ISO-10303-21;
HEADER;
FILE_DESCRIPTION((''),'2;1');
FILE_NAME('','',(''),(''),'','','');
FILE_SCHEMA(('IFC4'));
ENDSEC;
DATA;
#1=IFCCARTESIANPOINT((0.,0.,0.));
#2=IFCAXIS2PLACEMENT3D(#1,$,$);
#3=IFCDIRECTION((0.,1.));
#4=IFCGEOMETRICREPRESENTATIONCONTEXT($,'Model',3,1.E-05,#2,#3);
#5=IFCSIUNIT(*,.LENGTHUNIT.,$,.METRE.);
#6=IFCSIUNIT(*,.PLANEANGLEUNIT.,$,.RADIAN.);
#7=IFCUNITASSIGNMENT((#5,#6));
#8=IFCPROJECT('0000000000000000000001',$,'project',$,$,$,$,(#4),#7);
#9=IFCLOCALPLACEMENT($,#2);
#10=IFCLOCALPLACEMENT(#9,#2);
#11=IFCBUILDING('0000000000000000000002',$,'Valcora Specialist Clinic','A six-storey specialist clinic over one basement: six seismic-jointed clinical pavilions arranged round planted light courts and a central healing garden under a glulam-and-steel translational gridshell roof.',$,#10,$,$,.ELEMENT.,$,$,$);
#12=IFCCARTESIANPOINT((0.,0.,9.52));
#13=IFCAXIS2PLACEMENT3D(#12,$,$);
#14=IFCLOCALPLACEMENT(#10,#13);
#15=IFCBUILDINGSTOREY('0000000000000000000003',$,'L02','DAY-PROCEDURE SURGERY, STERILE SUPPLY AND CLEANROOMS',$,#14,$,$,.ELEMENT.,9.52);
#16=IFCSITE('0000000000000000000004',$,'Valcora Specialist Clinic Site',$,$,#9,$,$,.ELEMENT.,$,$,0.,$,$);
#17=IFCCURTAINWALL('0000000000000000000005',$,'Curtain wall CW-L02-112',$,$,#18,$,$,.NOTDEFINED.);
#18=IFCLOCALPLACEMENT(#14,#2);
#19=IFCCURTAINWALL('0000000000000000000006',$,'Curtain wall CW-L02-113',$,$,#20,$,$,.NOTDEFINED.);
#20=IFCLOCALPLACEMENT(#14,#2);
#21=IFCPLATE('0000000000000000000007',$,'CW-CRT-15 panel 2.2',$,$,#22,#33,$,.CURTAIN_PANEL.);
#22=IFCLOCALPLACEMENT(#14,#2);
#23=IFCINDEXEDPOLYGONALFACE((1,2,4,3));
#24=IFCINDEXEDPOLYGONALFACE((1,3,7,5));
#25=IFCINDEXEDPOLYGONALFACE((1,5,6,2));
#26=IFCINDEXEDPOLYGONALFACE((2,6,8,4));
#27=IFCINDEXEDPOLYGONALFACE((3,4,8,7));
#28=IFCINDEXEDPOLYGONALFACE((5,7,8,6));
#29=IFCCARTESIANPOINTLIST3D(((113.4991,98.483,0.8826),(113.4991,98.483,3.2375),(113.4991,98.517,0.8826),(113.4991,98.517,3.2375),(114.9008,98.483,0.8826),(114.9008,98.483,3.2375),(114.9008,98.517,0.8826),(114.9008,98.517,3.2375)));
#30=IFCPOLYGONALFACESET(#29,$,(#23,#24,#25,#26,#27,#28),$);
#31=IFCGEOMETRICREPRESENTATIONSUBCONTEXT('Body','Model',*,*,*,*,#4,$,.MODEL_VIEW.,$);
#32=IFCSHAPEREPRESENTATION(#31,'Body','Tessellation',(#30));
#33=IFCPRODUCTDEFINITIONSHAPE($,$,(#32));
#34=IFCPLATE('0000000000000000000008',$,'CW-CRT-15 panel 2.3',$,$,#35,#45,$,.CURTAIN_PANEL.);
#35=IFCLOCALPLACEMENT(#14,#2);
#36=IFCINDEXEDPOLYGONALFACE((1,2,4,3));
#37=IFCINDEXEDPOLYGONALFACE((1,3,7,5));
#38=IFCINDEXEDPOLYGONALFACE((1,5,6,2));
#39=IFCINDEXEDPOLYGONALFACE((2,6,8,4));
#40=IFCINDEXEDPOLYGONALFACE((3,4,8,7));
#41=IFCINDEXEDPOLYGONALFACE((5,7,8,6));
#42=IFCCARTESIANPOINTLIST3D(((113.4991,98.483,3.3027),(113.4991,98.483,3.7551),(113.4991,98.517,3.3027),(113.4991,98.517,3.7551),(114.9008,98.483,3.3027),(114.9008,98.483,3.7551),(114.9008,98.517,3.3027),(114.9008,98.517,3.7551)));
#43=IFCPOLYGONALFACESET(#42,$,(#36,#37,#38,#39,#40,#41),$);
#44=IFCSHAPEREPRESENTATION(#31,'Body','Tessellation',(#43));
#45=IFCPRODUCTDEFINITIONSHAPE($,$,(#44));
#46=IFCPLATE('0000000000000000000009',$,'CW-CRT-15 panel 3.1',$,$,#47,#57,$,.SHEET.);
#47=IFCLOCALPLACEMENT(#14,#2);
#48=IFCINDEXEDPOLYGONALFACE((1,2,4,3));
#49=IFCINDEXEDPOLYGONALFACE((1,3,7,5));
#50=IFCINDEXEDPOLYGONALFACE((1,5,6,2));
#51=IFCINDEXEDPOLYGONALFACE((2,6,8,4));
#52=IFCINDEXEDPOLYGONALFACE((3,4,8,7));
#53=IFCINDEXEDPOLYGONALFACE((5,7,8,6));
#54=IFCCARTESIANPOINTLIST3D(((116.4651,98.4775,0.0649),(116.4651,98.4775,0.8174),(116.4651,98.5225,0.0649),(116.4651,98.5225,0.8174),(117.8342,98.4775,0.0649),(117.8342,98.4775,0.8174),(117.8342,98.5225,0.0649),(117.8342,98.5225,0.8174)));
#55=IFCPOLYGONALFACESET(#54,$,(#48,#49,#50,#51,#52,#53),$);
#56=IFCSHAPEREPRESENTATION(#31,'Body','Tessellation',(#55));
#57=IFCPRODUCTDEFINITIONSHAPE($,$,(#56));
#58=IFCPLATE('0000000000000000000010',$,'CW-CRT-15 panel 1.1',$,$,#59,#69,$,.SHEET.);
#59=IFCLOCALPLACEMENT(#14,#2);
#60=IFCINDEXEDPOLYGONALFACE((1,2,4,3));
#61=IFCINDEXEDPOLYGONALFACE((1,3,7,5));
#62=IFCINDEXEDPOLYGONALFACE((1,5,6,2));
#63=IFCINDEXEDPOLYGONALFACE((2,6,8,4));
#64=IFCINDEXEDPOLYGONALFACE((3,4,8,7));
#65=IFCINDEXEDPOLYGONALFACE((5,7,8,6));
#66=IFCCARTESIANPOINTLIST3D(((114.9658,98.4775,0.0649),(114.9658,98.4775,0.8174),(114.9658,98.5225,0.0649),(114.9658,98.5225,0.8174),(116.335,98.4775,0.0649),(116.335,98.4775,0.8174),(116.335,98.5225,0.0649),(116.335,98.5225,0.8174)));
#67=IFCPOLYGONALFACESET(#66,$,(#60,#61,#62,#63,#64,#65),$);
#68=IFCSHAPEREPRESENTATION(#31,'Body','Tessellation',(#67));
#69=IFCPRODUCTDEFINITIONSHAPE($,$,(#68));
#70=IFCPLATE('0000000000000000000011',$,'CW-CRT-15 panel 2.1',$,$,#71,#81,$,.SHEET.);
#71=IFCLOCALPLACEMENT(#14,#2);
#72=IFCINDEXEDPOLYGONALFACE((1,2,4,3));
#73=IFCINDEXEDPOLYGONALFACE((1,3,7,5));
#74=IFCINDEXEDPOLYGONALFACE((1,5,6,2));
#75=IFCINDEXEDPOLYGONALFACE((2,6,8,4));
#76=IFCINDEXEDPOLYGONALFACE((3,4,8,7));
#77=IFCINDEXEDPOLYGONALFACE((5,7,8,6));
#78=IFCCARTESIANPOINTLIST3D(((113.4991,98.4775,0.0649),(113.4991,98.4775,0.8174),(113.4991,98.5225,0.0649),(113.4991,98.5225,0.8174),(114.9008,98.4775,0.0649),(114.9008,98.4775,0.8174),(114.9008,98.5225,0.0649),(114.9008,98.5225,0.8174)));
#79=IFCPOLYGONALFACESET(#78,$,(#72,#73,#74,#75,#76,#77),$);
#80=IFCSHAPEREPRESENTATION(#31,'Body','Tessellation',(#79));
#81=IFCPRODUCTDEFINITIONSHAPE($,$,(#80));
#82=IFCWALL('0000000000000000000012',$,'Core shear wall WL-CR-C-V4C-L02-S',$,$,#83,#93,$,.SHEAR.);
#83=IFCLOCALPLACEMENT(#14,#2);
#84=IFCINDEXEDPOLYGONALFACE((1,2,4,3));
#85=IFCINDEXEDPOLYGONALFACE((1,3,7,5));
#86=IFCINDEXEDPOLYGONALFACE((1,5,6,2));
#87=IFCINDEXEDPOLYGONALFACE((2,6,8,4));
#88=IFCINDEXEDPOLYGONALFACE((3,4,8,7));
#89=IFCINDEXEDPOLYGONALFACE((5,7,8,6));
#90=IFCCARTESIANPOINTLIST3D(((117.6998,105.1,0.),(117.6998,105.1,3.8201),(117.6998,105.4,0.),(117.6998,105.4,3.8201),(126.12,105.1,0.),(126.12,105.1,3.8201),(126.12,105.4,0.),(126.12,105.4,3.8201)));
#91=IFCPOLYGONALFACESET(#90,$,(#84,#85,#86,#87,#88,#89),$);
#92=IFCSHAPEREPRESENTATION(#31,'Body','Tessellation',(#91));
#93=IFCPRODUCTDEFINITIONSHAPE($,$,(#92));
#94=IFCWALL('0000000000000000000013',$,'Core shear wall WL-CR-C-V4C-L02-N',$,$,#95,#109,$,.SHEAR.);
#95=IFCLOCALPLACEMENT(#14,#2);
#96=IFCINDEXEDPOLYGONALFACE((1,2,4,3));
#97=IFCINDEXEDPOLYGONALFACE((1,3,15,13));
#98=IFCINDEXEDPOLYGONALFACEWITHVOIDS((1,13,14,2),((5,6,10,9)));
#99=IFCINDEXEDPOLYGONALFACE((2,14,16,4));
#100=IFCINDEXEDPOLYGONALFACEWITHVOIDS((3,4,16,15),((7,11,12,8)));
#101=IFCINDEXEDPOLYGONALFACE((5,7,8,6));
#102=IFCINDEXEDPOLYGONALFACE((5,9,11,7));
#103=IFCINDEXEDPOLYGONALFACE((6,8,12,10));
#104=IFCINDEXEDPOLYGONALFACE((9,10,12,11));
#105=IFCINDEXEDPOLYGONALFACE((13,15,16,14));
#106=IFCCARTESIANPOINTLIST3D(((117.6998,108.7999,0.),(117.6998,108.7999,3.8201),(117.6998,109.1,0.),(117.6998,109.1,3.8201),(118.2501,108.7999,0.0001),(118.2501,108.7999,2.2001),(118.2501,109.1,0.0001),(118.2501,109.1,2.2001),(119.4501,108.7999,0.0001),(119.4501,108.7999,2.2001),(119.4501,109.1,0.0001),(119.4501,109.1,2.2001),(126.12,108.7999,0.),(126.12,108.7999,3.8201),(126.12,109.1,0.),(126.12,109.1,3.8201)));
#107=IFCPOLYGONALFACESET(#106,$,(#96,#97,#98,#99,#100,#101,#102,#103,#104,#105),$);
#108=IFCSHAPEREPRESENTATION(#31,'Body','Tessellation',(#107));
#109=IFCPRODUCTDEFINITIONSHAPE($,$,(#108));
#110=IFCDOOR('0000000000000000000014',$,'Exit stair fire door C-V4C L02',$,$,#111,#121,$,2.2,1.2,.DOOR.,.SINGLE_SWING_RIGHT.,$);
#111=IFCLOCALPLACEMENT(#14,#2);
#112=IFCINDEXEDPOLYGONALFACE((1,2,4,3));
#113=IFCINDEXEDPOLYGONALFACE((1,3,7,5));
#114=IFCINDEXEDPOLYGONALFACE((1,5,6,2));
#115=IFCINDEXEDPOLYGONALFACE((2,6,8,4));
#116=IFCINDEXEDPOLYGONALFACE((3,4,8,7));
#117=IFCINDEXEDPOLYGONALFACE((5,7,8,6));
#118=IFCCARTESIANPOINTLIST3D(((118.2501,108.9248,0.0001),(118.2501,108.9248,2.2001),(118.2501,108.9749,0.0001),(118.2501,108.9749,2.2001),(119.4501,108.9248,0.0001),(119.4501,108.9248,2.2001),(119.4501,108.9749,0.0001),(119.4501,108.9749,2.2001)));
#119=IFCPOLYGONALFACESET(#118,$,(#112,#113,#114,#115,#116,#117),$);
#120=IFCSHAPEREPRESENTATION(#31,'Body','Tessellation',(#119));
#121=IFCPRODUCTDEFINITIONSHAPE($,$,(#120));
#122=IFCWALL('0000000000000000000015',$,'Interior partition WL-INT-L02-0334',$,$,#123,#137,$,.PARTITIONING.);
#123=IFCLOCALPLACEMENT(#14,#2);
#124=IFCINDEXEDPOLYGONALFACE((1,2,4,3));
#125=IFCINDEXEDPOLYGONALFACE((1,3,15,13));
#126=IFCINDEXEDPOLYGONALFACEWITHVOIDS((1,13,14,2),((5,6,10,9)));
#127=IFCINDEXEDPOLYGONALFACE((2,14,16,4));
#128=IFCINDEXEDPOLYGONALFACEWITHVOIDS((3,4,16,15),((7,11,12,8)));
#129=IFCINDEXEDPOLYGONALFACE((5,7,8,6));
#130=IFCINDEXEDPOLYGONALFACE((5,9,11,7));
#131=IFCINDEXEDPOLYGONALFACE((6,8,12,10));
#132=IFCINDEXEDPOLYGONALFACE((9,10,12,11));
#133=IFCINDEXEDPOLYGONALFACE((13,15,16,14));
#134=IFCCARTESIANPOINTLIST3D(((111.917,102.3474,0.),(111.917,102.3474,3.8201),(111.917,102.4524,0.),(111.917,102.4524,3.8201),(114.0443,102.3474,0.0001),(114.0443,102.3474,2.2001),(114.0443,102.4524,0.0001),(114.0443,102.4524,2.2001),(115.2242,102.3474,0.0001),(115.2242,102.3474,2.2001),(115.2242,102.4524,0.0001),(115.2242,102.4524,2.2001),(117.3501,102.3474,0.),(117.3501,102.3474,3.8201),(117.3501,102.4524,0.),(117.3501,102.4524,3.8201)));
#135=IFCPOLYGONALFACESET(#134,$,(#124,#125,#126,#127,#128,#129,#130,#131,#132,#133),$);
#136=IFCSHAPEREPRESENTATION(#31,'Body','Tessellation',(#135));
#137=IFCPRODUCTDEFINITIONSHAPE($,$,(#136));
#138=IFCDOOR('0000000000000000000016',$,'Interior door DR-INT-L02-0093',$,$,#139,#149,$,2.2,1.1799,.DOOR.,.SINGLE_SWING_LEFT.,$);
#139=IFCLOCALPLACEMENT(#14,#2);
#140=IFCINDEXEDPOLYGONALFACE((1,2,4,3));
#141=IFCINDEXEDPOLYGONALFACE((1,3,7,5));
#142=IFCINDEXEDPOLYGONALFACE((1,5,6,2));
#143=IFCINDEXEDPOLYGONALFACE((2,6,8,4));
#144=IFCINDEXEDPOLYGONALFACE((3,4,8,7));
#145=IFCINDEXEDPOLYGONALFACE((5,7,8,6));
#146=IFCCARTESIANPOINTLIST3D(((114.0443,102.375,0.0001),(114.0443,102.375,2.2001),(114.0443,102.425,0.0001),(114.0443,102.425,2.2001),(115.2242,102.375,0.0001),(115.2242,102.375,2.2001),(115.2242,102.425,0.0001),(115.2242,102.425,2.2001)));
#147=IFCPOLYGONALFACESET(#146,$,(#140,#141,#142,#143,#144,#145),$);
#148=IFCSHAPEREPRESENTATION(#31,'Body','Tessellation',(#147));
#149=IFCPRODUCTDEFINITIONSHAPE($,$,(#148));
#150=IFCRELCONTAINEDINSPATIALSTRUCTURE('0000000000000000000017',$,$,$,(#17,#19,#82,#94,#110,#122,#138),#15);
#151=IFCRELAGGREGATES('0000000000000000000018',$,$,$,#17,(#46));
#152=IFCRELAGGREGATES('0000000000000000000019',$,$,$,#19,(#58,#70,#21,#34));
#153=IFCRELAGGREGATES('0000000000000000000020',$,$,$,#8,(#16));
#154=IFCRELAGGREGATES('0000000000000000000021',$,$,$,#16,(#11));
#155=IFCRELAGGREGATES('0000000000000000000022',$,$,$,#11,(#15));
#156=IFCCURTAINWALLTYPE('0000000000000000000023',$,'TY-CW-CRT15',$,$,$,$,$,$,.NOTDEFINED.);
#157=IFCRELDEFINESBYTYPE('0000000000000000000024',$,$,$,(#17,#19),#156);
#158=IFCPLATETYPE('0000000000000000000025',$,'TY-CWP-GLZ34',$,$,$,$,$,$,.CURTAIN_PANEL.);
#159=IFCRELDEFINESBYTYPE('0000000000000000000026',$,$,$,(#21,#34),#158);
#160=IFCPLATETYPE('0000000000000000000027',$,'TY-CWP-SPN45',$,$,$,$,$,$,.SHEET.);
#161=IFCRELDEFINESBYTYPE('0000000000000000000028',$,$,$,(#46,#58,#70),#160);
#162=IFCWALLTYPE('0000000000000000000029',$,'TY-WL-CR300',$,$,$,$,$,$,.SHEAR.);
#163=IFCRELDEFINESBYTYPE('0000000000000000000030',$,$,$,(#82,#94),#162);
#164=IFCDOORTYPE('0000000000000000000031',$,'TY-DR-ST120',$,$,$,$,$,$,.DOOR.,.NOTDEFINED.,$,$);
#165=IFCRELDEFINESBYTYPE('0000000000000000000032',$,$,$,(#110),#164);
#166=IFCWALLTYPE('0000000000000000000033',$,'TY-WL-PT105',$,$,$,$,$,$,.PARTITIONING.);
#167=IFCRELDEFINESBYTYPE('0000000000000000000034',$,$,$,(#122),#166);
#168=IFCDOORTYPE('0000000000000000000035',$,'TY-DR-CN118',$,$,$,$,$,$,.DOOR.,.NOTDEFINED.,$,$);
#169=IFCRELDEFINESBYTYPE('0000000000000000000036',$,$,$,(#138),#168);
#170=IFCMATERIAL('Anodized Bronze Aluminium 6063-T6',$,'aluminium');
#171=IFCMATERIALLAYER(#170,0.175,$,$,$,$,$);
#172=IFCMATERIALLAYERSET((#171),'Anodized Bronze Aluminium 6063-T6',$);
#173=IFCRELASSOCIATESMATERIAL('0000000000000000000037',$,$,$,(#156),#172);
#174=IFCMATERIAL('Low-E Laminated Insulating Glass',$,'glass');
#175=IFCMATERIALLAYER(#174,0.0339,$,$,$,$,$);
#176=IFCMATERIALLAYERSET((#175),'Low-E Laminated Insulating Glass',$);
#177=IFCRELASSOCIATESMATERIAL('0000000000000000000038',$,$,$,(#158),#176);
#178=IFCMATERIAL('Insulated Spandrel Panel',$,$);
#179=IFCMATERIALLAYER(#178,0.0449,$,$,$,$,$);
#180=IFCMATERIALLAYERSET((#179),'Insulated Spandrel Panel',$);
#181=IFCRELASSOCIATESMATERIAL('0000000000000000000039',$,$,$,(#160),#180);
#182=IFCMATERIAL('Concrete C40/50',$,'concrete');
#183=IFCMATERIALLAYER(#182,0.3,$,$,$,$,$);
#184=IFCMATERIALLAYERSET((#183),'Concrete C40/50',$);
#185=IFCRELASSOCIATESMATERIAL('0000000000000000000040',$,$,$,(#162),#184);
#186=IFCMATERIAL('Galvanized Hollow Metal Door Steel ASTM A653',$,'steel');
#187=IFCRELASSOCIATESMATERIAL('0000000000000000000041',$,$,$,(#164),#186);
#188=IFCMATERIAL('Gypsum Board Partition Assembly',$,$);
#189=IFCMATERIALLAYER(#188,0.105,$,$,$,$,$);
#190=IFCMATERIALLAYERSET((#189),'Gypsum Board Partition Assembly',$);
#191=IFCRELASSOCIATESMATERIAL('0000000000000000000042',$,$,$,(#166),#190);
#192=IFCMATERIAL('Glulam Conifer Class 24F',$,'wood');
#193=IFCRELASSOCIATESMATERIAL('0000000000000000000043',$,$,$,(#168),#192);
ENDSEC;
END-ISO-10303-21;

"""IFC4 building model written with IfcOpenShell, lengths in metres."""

from ifc_helpers import new_model, si_unit, direction, frame, frame_2d, origin, origin_2d, place, context, subcontext, project, spatial, rectangle, extrude, material, layer, layer_set, type_object, element, fill, aggregate, save


model = new_model("IFC4")

# Units and contexts
model_context = context("Model", 3, precision=1e-05, world=origin(), true_north=direction((0.0, 1.0)))
body_context = subcontext(model_context, "Body", "Model", "MODEL_VIEW")
ifc_project = project(units=[si_unit("LENGTHUNIT", "METRE"), si_unit("PLANEANGLEUNIT", "RADIAN")], contexts=[model_context])

# Site, building, storey
site_placement = place(None, origin())
site = spatial("IfcSite", under=ifc_project, at=site_placement, Name="Valcora Specialist Clinic Site", CompositionType="ELEMENT", RefElevation=0.0)
building_placement = place(site_placement, origin())
building = spatial("IfcBuilding", under=site, at=building_placement, Name="Valcora Specialist Clinic", Description="A six-storey specialist clinic over one basement: six seismic-jointed clinical pavilions arranged round planted light courts and a central healing garden under a glulam-and-steel translational gridshell roof.", CompositionType="ELEMENT")
storey_placement = place(building_placement, frame((0.0, 0.0, 9.52)))
storey = spatial("IfcBuildingStorey", under=building, at=storey_placement, Name="L02", Description="DAY-PROCEDURE SURGERY, STERILE SUPPLY AND CLEANROOMS", CompositionType="ELEMENT", Elevation=9.52)

# Curtain wall
ifc_material_1 = material(Name="Anodized Bronze Aluminium 6063-T6", Category="aluminium")
ifc_layer_1 = layer(ifc_material_1, 0.175)
ifc_layer_set_1 = layer_set([ifc_layer_1], Name="Anodized Bronze Aluminium 6063-T6")
curtain_wall_type = type_object("IfcCurtainWallType", Name="TY-CW-CRT15", PredefinedType="NOTDEFINED", material=ifc_layer_set_1)
curtain_wall_1_placement = place(storey_placement, origin())
curtain_wall_1 = element("IfcCurtainWall", 1, at=curtain_wall_1_placement, inside=storey, type_object=curtain_wall_type, Name="Curtain wall CW-L02-112", PredefinedType="NOTDEFINED")

# Curtain wall
curtain_wall_2_placement = place(storey_placement, origin())
curtain_wall_2 = element("IfcCurtainWall", 2, at=curtain_wall_2_placement, inside=storey, type_object=curtain_wall_type, Name="Curtain wall CW-L02-113", PredefinedType="NOTDEFINED")

# Plates
ifc_material_2 = material(Name="Low-E Laminated Insulating Glass", Category="glass")
ifc_layer_2 = layer(ifc_material_2, 0.0339)
ifc_layer_set_2 = layer_set([ifc_layer_2], Name="Low-E Laminated Insulating Glass")
plate_type_1 = type_object("IfcPlateType", Name="TY-CWP-GLZ34", PredefinedType="CURTAIN_PANEL", material=ifc_layer_set_2)
plate_1_placement = place(storey_placement, frame((114.2, 98.5, 0.8826), z_axis=(0.0, 0.0, 1.0), x_axis=(-1.0, 0.0, 0.0)))
plate_1 = element("IfcPlate", 3, at=plate_1_placement, type_object=plate_type_1, Name="CW-CRT-15 panel 2.2", PredefinedType="CURTAIN_PANEL", context=body_context, shape_type="SweptSolid", body=[
    extrude(rectangle(XDim=1.4016, YDim=0.0339, at=origin_2d()), origin(), (0.0, 0.0, 1.0), 2.355),
])
plate_2_placement = place(storey_placement, frame((114.2, 98.5, 3.3027), z_axis=(0.0, 0.0, 1.0), x_axis=(-1.0, 0.0, 0.0)))
plate_2 = element("IfcPlate", 4, at=plate_2_placement, type_object=plate_type_1, Name="CW-CRT-15 panel 2.3", PredefinedType="CURTAIN_PANEL", context=body_context, shape_type="SweptSolid", body=[
    extrude(rectangle(XDim=1.4016, YDim=0.0339, at=origin_2d()), origin(), (0.0, 0.0, 1.0), 0.4524),
])
ifc_material_3 = material(Name="Insulated Spandrel Panel")
ifc_layer_3 = layer(ifc_material_3, 0.0449)
ifc_layer_set_3 = layer_set([ifc_layer_3], Name="Insulated Spandrel Panel")
plate_type_2 = type_object("IfcPlateType", Name="TY-CWP-SPN45", PredefinedType="SHEET", material=ifc_layer_set_3)
plate_3_placement = place(storey_placement, frame((117.1497, 98.5, 0.0649), z_axis=(0.0, 0.0, 1.0), x_axis=(-1.0, 0.0, 0.0)))
plate_3 = element("IfcPlate", 5, at=plate_3_placement, type_object=plate_type_2, Name="CW-CRT-15 panel 3.1", PredefinedType="SHEET", context=body_context, shape_type="SweptSolid", body=[
    extrude(rectangle(XDim=1.3691, YDim=0.0449, at=origin_2d()), origin(), (0.0, 0.0, 1.0), 0.7524),
])
aggregate(curtain_wall_1, [plate_3])
plate_4_placement = place(storey_placement, frame((115.6504, 98.5, 0.0649), z_axis=(0.0, 0.0, 1.0), x_axis=(-1.0, 0.0, 0.0)))
plate_4 = element("IfcPlate", 6, at=plate_4_placement, type_object=plate_type_2, Name="CW-CRT-15 panel 1.1", PredefinedType="SHEET", context=body_context, shape_type="SweptSolid", body=[
    extrude(rectangle(XDim=1.3691, YDim=0.0449, at=origin_2d()), origin(), (0.0, 0.0, 1.0), 0.7524),
])
plate_5_placement = place(storey_placement, frame((114.2, 98.5, 0.0649), z_axis=(0.0, 0.0, 1.0), x_axis=(-1.0, 0.0, 0.0)))
plate_5 = element("IfcPlate", 7, at=plate_5_placement, type_object=plate_type_2, Name="CW-CRT-15 panel 2.1", PredefinedType="SHEET", context=body_context, shape_type="SweptSolid", body=[
    extrude(rectangle(XDim=1.4016, YDim=0.0449, at=origin_2d()), origin(), (0.0, 0.0, 1.0), 0.7524),
])
aggregate(curtain_wall_2, [plate_4, plate_5, plate_1, plate_2])

# Wall
ifc_material_4 = material(Name="Concrete C40/50", Category="concrete")
ifc_layer_4 = layer(ifc_material_4, 0.3)
ifc_layer_set_4 = layer_set([ifc_layer_4], Name="Concrete C40/50")
wall_type_1 = type_object("IfcWallType", Name="TY-WL-CR300", PredefinedType="SHEAR", material=ifc_layer_set_4)
wall_1_placement = place(storey_placement, frame((117.7, 105.25, 0.0), z_axis=(0.0, 0.0, 1.0), x_axis=(1.0, 0.0, 0.0)))
element("IfcWall", 8, at=wall_1_placement, inside=storey, type_object=wall_type_1, Name="Core shear wall WL-CR-C-V4C-L02-S", PredefinedType="SHEAR", context=body_context, shape_type="SweptSolid", body=[
    extrude(rectangle(XDim=8.4202, YDim=0.3, at=frame_2d((4.21, 0.0))), origin(), (0.0, 0.0, 1.0), 3.8201),
])

# Walls, openings, doors
wall_2_placement = place(storey_placement, frame((117.7, 108.95, 0.0), z_axis=(0.0, 0.0, 1.0), x_axis=(1.0, 0.0, 0.0)))
wall_2 = element("IfcWall", 9, at=wall_2_placement, inside=storey, type_object=wall_type_1, Name="Core shear wall WL-CR-C-V4C-L02-N", PredefinedType="SHEAR", context=body_context, shape_type="SweptSolid", body=[
    extrude(rectangle(XDim=8.4202, YDim=0.3, at=frame_2d((4.21, 0.0))), origin(), (0.0, 0.0, 1.0), 3.8201),
])
opening_1_placement = place(wall_2_placement, frame((0.55, 0.0, 0.0)))
opening_1 = element("IfcOpeningElement", 10, at=opening_1_placement, cuts=wall_2, PredefinedType="OPENING", context=body_context, shape_type="SweptSolid", body=[
    extrude(rectangle(XDim=1.2, YDim=2.2, at=frame_2d((0.6001, 1.1001))), frame((0.0, 0.1599, 0.0), z_axis=(0.0, -1.0, 0.0), x_axis=(1.0, 0.0, 0.0)), (0.0, 0.0, 1.0), 0.3201),
])
ifc_material_5 = material(Name="Galvanized Hollow Metal Door Steel ASTM A653", Category="steel")
door_type_1 = type_object("IfcDoorType", Name="TY-DR-ST120", OperationType="NOTDEFINED", PredefinedType="DOOR", material=ifc_material_5)
door_1_placement = place(opening_1_placement, origin())
door_1 = element("IfcDoor", 11, at=door_1_placement, inside=storey, type_object=door_type_1, Name="Exit stair fire door C-V4C L02", OperationType="SINGLE_SWING_RIGHT", OverallHeight=2.2, OverallWidth=1.2, PredefinedType="DOOR", context=body_context, shape_type="SweptSolid", body=[
    extrude(rectangle(XDim=1.2, YDim=2.2, at=frame_2d((0.6001, 1.1001))), frame((0.0, 0.0249, 0.0), z_axis=(0.0, -1.0, 0.0), x_axis=(1.0, 0.0, 0.0)), (0.0, 0.0, 1.0), 0.05),
])
fill(opening_1, door_1)
ifc_material_6 = material(Name="Gypsum Board Partition Assembly")
ifc_layer_5 = layer(ifc_material_6, 0.105)
ifc_layer_set_5 = layer_set([ifc_layer_5], Name="Gypsum Board Partition Assembly")
wall_type_2 = type_object("IfcWallType", Name="TY-WL-PT105", PredefinedType="PARTITIONING", material=ifc_layer_set_5)
wall_3_placement = place(storey_placement, frame((117.3501, 102.3999, 0.0), z_axis=(0.0, 0.0, 1.0), x_axis=(-1.0, 0.0, 0.0)))
wall_3 = element("IfcWall", 12, at=wall_3_placement, inside=storey, type_object=wall_type_2, Name="Interior partition WL-INT-L02-0334", PredefinedType="PARTITIONING", context=body_context, shape_type="SweptSolid", body=[
    extrude(rectangle(XDim=5.4331, YDim=0.105, at=frame_2d((2.7166, 0.0))), origin(), (0.0, 0.0, 1.0), 3.8201),
])
opening_2_placement = place(wall_3_placement, frame((2.126, 0.0, 0.0)))
opening_2 = element("IfcOpeningElement", 13, at=opening_2_placement, cuts=wall_3, PredefinedType="OPENING", context=body_context, shape_type="SweptSolid", body=[
    extrude(rectangle(XDim=1.1799, YDim=2.2, at=frame_2d((0.5898, 1.1001))), frame((0.0, 0.0625, 0.0), z_axis=(0.0, -1.0, 0.0), x_axis=(1.0, 0.0, 0.0)), (0.0, 0.0, 1.0), 0.125),
])
ifc_material_7 = material(Name="Glulam Conifer Class 24F", Category="wood")
door_type_2 = type_object("IfcDoorType", Name="TY-DR-CN118", OperationType="NOTDEFINED", PredefinedType="DOOR", material=ifc_material_7)
door_2_placement = place(opening_2_placement, origin())
door_2 = element("IfcDoor", 14, at=door_2_placement, inside=storey, type_object=door_type_2, Name="Interior door DR-INT-L02-0093", OperationType="SINGLE_SWING_LEFT", OverallHeight=2.2, OverallWidth=1.1799, PredefinedType="DOOR", context=body_context, shape_type="SweptSolid", body=[
    extrude(rectangle(XDim=1.1799, YDim=2.2, at=frame_2d((0.5898, 1.1001))), frame((0.0, 0.0249, 0.0), z_axis=(0.0, -1.0, 0.0), x_axis=(1.0, 0.0, 0.0)), (0.0, 0.0, 1.0), 0.05),
])
fill(opening_2, door_2)

save(model, "model.ifc")
